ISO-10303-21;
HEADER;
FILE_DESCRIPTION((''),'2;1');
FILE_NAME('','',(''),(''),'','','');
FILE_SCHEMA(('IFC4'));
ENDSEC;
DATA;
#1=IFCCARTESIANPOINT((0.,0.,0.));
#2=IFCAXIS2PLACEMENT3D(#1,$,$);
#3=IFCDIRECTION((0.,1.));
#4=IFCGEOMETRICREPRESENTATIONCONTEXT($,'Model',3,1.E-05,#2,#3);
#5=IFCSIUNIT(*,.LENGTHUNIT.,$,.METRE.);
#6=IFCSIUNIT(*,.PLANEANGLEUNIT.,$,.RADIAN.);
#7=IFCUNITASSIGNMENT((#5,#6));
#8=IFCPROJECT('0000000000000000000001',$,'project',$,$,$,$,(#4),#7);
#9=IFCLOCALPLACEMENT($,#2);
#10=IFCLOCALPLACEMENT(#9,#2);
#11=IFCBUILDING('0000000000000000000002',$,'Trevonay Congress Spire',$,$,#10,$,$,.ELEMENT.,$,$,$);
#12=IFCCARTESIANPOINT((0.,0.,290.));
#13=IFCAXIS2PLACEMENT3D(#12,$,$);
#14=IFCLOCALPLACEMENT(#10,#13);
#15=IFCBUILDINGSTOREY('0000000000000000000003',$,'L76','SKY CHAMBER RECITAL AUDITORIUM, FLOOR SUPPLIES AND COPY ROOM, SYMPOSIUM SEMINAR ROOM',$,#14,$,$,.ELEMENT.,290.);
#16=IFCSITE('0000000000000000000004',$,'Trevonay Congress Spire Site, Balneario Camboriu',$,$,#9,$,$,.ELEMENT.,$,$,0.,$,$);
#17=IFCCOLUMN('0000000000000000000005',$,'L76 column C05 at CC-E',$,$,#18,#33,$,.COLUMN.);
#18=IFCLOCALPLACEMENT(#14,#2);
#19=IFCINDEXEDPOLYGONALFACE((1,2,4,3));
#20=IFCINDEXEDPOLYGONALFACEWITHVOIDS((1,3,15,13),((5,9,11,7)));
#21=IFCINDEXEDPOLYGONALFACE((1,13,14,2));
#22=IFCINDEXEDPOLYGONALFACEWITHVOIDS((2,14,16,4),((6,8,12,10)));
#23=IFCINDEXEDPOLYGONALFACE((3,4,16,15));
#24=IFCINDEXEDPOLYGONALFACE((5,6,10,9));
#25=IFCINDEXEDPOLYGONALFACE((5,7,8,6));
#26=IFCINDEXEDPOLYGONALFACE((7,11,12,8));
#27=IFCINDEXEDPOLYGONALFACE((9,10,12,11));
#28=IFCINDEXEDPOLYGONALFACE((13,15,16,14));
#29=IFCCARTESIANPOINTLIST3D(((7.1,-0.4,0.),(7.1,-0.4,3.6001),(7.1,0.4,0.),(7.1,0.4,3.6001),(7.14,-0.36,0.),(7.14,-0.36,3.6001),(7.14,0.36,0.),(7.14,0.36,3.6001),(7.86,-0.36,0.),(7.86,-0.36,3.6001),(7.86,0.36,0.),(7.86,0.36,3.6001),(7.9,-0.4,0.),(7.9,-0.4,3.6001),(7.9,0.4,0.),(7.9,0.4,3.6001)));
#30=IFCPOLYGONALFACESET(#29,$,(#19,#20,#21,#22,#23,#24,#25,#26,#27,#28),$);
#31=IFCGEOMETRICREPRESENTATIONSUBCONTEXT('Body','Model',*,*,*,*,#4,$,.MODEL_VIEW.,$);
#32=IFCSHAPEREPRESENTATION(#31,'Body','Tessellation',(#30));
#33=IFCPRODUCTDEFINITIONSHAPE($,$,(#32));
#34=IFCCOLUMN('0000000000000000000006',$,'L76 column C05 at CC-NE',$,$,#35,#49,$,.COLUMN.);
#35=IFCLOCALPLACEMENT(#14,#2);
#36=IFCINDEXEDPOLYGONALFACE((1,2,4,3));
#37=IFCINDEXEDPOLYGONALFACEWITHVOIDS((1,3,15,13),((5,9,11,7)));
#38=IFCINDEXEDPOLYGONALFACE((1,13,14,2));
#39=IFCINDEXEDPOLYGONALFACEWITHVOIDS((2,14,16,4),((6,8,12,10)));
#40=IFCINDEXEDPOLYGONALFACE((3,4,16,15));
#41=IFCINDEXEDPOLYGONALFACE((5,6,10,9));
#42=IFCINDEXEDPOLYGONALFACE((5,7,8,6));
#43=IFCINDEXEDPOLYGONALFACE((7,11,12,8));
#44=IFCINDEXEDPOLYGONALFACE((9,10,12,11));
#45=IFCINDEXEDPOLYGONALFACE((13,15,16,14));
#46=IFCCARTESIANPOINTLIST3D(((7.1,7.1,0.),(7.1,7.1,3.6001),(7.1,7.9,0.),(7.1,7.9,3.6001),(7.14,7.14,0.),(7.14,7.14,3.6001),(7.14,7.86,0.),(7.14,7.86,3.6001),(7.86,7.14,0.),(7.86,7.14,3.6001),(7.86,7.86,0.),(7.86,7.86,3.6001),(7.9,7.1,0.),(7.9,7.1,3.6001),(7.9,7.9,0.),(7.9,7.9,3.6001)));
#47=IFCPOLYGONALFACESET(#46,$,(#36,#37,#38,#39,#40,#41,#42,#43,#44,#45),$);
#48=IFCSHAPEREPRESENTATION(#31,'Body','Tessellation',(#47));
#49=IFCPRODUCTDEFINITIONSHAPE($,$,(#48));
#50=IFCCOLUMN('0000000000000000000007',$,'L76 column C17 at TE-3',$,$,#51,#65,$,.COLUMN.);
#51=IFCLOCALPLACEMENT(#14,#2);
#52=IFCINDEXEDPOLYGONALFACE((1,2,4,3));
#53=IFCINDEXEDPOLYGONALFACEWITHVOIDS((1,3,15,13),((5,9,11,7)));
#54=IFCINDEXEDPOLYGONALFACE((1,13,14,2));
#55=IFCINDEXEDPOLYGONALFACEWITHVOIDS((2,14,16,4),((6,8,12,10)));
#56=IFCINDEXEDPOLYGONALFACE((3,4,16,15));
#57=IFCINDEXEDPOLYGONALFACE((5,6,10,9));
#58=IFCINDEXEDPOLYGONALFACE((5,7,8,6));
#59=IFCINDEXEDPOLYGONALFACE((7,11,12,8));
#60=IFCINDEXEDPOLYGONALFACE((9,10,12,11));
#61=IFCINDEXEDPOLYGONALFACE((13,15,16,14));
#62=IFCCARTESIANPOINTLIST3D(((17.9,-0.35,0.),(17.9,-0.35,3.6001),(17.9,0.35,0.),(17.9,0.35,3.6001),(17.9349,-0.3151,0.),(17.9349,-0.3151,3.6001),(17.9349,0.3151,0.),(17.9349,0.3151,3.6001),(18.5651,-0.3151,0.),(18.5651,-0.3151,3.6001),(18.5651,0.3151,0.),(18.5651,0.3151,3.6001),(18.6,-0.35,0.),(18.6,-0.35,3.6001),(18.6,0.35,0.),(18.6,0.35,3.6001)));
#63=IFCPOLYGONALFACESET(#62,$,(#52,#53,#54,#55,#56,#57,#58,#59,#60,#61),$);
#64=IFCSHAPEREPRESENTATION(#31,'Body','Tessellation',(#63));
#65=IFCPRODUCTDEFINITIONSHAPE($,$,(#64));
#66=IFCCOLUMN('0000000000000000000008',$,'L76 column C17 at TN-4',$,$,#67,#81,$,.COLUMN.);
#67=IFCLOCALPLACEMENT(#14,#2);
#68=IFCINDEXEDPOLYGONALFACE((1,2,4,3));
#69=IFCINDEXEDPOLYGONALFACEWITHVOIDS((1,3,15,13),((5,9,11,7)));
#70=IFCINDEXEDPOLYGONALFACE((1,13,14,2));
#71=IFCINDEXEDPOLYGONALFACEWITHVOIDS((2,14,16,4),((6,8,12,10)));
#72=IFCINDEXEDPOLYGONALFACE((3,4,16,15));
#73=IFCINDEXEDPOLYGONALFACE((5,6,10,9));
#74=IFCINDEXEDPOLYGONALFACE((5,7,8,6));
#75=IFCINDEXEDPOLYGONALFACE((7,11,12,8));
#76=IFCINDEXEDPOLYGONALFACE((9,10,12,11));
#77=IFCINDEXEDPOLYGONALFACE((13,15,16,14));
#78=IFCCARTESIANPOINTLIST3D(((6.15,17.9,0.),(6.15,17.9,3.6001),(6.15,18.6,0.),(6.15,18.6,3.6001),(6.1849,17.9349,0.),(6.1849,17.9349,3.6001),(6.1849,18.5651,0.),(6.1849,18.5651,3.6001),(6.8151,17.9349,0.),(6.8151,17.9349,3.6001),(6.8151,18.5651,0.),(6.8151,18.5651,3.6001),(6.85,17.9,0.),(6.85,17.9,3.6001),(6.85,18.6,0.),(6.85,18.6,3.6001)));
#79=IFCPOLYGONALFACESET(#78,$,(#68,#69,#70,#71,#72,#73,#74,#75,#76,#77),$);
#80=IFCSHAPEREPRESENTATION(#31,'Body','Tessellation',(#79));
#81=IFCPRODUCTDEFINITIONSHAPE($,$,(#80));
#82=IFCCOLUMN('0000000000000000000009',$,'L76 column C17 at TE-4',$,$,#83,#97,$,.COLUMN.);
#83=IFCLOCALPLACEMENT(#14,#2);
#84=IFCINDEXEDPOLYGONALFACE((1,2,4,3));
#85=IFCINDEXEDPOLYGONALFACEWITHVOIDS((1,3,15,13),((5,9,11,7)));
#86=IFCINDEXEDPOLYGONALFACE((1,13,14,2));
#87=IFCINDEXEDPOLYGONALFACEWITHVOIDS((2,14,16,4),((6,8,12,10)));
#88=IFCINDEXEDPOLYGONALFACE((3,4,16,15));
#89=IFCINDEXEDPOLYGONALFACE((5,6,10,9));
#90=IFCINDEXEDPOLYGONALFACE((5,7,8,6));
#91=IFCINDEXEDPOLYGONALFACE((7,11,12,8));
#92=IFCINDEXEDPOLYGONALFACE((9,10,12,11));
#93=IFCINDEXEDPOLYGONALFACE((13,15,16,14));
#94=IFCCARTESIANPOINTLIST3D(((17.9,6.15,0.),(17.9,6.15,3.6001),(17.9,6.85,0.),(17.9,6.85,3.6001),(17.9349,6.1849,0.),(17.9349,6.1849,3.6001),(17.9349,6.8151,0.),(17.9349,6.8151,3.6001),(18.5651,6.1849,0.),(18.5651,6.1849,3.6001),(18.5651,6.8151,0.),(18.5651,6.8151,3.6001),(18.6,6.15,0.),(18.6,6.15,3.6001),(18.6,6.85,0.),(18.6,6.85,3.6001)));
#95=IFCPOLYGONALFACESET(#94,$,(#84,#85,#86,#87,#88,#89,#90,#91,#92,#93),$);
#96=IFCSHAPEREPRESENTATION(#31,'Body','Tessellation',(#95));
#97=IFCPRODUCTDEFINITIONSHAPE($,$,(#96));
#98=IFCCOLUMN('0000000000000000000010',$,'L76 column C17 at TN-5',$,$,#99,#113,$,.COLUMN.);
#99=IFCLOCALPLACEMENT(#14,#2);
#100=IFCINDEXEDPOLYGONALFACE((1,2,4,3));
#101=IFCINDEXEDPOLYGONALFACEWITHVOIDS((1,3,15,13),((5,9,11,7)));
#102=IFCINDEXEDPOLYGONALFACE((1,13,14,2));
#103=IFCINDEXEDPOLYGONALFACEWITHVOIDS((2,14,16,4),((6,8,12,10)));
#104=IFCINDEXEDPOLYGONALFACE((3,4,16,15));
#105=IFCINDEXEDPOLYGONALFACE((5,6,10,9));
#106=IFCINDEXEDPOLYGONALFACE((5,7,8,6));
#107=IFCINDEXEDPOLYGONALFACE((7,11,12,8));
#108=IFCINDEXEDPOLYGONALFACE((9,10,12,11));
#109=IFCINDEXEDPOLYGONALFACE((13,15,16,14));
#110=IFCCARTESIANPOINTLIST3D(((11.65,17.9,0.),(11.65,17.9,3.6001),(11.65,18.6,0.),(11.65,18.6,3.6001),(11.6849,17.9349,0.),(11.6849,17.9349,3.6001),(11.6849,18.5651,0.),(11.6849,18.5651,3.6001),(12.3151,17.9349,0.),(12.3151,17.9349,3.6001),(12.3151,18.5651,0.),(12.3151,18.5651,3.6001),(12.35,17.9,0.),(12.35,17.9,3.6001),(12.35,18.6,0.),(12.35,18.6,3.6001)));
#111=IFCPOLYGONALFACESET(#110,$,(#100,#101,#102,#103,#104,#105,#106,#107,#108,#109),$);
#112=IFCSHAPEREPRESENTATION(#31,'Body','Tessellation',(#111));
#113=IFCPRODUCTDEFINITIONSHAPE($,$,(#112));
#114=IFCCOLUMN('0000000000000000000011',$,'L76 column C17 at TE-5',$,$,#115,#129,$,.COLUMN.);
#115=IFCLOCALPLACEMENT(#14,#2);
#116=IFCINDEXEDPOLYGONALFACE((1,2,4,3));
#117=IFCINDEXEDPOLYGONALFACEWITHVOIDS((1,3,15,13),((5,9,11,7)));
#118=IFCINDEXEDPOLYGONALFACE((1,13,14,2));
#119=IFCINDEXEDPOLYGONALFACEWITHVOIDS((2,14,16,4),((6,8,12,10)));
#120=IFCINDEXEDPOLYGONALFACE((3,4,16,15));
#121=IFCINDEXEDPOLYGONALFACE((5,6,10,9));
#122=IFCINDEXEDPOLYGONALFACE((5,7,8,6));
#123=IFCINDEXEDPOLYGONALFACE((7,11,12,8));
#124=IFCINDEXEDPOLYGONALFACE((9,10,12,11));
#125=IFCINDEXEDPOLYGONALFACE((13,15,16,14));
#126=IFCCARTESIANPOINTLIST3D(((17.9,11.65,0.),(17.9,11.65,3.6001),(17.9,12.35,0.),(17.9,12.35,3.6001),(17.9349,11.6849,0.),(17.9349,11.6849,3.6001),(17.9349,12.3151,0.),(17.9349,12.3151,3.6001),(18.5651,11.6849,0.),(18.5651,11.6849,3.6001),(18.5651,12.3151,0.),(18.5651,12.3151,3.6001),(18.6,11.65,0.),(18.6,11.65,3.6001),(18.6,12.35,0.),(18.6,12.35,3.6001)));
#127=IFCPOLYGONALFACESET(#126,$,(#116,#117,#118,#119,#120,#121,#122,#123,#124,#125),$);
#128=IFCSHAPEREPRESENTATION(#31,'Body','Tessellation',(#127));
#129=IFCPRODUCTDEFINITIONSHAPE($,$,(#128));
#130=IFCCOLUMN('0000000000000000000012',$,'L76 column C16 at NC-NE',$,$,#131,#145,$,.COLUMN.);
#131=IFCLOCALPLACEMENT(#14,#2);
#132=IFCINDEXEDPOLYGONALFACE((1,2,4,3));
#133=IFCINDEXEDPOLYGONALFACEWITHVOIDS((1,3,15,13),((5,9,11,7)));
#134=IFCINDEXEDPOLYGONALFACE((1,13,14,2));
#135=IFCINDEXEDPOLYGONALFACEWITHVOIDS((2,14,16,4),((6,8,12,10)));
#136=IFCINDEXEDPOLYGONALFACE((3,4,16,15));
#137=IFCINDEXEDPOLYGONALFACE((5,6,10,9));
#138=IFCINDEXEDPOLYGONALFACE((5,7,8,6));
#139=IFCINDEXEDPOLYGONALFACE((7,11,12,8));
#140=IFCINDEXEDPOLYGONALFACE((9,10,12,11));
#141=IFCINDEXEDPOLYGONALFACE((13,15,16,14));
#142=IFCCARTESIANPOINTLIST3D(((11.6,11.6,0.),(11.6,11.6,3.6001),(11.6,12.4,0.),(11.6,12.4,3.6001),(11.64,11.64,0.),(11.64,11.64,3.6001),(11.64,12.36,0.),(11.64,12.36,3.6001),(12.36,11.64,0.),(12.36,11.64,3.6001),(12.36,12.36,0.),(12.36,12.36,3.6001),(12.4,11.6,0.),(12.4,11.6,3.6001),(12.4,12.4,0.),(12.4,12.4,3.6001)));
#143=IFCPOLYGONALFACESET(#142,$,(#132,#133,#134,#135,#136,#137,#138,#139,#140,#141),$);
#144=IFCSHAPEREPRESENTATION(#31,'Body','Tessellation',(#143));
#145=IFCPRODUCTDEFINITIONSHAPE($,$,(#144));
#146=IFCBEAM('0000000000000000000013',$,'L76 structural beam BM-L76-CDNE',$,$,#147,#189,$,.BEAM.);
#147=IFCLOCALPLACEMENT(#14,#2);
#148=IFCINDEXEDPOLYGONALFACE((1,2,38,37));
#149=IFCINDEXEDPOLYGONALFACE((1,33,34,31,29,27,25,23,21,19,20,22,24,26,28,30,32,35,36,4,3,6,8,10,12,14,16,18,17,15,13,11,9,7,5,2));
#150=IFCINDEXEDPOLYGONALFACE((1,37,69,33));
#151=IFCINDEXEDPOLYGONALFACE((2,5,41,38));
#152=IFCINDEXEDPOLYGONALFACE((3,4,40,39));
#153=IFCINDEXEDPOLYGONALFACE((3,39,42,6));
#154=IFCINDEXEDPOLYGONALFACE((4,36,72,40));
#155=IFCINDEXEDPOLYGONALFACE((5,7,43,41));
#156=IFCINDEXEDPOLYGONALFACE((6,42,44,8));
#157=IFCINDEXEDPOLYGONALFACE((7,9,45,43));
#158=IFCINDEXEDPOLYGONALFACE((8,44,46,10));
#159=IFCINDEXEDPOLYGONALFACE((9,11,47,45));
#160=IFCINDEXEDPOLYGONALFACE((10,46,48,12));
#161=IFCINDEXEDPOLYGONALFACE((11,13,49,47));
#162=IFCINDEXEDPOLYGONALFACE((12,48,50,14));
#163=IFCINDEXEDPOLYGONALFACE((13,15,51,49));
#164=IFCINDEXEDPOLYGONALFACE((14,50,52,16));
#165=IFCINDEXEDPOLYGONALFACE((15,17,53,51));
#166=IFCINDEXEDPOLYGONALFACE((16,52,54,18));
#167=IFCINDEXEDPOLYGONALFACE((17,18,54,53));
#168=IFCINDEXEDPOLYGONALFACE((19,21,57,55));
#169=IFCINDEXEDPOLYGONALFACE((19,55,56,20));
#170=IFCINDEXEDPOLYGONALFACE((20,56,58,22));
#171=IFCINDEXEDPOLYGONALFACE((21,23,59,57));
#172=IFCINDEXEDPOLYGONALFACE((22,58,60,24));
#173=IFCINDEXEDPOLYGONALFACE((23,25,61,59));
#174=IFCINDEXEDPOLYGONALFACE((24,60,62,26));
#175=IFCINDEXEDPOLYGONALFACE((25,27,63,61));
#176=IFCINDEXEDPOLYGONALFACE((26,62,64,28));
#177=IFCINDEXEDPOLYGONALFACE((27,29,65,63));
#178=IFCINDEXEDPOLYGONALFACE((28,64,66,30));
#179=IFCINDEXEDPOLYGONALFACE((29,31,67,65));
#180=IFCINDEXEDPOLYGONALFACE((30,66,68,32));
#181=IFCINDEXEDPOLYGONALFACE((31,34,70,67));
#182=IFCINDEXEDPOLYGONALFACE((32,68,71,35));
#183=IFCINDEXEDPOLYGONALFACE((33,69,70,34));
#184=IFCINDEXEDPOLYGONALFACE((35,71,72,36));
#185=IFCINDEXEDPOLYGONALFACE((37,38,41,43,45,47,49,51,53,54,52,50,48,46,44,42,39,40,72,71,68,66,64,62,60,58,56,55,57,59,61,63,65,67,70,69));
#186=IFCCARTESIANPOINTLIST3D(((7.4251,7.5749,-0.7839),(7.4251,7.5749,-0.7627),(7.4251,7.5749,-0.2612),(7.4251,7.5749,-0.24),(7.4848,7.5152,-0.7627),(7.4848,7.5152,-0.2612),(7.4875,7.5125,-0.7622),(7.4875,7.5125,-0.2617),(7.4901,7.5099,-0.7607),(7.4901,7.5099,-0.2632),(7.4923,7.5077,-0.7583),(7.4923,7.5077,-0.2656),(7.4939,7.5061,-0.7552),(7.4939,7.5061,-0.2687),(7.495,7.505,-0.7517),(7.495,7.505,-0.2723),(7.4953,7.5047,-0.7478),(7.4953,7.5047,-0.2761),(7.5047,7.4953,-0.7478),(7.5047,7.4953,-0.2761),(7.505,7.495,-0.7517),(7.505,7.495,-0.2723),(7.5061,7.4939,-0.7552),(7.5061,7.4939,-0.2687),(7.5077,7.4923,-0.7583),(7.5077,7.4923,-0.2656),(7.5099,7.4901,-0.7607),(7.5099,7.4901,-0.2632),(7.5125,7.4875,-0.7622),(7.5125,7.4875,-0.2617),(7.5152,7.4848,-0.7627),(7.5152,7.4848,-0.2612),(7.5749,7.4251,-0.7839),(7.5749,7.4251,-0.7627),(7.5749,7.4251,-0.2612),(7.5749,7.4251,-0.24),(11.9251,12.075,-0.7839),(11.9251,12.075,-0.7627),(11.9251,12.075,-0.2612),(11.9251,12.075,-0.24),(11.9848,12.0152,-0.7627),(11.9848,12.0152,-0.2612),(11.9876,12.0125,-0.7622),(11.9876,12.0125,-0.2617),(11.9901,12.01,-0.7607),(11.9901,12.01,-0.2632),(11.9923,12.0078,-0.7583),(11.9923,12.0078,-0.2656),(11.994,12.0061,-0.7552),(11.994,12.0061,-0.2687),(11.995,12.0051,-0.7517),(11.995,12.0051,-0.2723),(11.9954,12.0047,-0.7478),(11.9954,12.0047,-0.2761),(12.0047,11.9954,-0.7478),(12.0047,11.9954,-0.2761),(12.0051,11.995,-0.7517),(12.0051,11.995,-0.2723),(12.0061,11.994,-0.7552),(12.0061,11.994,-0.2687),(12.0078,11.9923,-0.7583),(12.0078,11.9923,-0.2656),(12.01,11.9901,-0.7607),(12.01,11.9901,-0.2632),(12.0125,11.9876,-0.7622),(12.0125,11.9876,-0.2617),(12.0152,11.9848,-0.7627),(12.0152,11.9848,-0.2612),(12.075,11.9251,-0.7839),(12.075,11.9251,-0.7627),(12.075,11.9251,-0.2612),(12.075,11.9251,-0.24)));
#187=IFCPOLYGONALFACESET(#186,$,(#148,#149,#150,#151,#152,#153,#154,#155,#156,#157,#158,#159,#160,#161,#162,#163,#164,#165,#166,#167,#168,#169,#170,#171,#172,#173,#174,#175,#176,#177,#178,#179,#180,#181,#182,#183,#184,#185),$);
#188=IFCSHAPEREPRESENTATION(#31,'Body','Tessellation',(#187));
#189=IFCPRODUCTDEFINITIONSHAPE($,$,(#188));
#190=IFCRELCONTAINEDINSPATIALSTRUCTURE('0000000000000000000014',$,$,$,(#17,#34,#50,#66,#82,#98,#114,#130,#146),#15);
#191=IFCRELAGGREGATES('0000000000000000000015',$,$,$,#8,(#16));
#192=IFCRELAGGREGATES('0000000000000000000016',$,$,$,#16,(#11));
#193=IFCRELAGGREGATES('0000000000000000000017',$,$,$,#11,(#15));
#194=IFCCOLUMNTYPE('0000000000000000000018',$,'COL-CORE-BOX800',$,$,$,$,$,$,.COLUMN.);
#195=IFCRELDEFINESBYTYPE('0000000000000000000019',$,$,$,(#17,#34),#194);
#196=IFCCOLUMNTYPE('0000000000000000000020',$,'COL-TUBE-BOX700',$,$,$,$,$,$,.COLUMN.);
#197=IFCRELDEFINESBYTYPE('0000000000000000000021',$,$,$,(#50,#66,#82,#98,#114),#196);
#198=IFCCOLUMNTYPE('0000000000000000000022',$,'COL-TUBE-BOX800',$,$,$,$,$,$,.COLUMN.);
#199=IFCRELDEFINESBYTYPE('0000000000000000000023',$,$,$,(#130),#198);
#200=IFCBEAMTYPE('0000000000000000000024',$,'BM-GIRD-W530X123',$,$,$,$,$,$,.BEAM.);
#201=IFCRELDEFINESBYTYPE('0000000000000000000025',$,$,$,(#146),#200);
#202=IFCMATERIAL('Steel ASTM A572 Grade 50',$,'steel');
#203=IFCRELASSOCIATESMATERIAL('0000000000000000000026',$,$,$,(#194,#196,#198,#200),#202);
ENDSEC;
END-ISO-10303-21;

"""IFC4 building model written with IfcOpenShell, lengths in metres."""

from ifc_helpers import new_model, si_unit, direction, frame, origin, origin_2d, place, context, subcontext, project, spatial, hollow_rectangle, i_section, extrude, material, material_profile, profile_set, type_object, element, save


model = new_model("IFC4")

# Units and contexts
model_context = context("Model", 3, precision=1e-05, world=origin(), true_north=direction((0.0, 1.0)))
body_context = subcontext(model_context, "Body", "Model", "MODEL_VIEW")
ifc_project = project(units=[si_unit("LENGTHUNIT", "METRE"), si_unit("PLANEANGLEUNIT", "RADIAN")], contexts=[model_context])

# Site, building, storey
site_placement = place(None, origin())
site = spatial("IfcSite", under=ifc_project, at=site_placement, Name="Trevonay Congress Spire Site, Balneario Camboriu", CompositionType="ELEMENT", RefElevation=0.0)
building_placement = place(site_placement, origin())
building = spatial("IfcBuilding", under=site, at=building_placement, Name="Trevonay Congress Spire", CompositionType="ELEMENT")
storey_placement = place(building_placement, frame((0.0, 0.0, 290.0)))
storey = spatial("IfcBuildingStorey", under=building, at=storey_placement, Name="L76", Description="SKY CHAMBER RECITAL AUDITORIUM, FLOOR SUPPLIES AND COPY ROOM, SYMPOSIUM SEMINAR ROOM", CompositionType="ELEMENT", Elevation=290.0)

# Columns
ifc_material_1 = material(Name="Steel ASTM A572 Grade 50", Category="steel")
ifc_material_profile_1 = material_profile(ifc_material_1, hollow_rectangle(XDim=0.8, YDim=0.8, WallThickness=0.04, at=origin_2d()), Name="BOX 800x800x40")
ifc_profile_set_1 = profile_set([ifc_material_profile_1], Name="Steel ASTM A572 Grade 50")
column_type_1 = type_object("IfcColumnType", Name="COL-CORE-BOX800", PredefinedType="COLUMN", material=ifc_profile_set_1)
for number, where, z_axis, x_axis, name in (
    (1, (7.5, 0.0, 0.0), (0.0, 0.0, 1.0), (1.0, 0.0, 0.0), "L76 column C05 at CC-E"),
    (2, (7.5, 7.5, 0.0), (0.0, 0.0, 1.0), (1.0, 0.0, 0.0), "L76 column C05 at CC-NE"),
):
    element("IfcColumn", number, at=place(storey_placement, frame(where, z_axis=z_axis, x_axis=x_axis)), inside=storey, type_object=column_type_1, Name=name, PredefinedType="COLUMN", context=body_context, shape_type="SweptSolid", body=[
        extrude(hollow_rectangle(XDim=0.8, YDim=0.8, WallThickness=0.04, at=origin_2d()), origin(), (0.0, 0.0, 1.0), 3.6001),
    ])
ifc_material_profile_2 = material_profile(ifc_material_1, hollow_rectangle(XDim=0.7, YDim=0.7, WallThickness=0.0349, at=origin_2d()), Name="BOX 700x700x35")
ifc_profile_set_2 = profile_set([ifc_material_profile_2], Name="Steel ASTM A572 Grade 50")
column_type_2 = type_object("IfcColumnType", Name="COL-TUBE-BOX700", PredefinedType="COLUMN", material=ifc_profile_set_2)
for number, where, z_axis, x_axis, name in (
    (3, (18.25, 0.0, 0.0), (0.0, 0.0, 1.0), (1.0, 0.0, 0.0), "L76 column C17 at TE-3"),
    (4, (6.5, 18.25, 0.0), (0.0, 0.0, 1.0), (1.0, 0.0, 0.0), "L76 column C17 at TN-4"),
    (5, (18.25, 6.5, 0.0), (0.0, 0.0, 1.0), (1.0, 0.0, 0.0), "L76 column C17 at TE-4"),
    (6, (12.0, 18.25, 0.0), (0.0, 0.0, 1.0), (1.0, 0.0, 0.0), "L76 column C17 at TN-5"),
    (7, (18.25, 12.0, 0.0), (0.0, 0.0, 1.0), (1.0, 0.0, 0.0), "L76 column C17 at TE-5"),
):
    element("IfcColumn", number, at=place(storey_placement, frame(where, z_axis=z_axis, x_axis=x_axis)), inside=storey, type_object=column_type_2, Name=name, PredefinedType="COLUMN", context=body_context, shape_type="SweptSolid", body=[
        extrude(hollow_rectangle(XDim=0.7, YDim=0.7, WallThickness=0.0349, at=origin_2d()), origin(), (0.0, 0.0, 1.0), 3.6001),
    ])
ifc_material_profile_3 = material_profile(ifc_material_1, hollow_rectangle(XDim=0.8, YDim=0.8, WallThickness=0.04, at=origin_2d()), Name="BOX 800x800x40")
ifc_profile_set_3 = profile_set([ifc_material_profile_3], Name="Steel ASTM A572 Grade 50")
column_type_3 = type_object("IfcColumnType", Name="COL-TUBE-BOX800", PredefinedType="COLUMN", material=ifc_profile_set_3)
column_placement = place(storey_placement, frame((12.0, 12.0, 0.0), z_axis=(0.0, 0.0, 1.0), x_axis=(1.0, 0.0, 0.0)))
element("IfcColumn", 8, at=column_placement, inside=storey, type_object=column_type_3, Name="L76 column C16 at NC-NE", PredefinedType="COLUMN", context=body_context, shape_type="SweptSolid", body=[
    extrude(hollow_rectangle(XDim=0.8, YDim=0.8, WallThickness=0.04, at=origin_2d()), origin(), (0.0, 0.0, 1.0), 3.6001),
])

# Beam
ifc_material_profile_4 = material_profile(ifc_material_1, i_section(OverallWidth=0.2119, OverallDepth=0.5439, WebThickness=0.0132, FlangeThickness=0.0212, FilletRadius=0.0149, at=origin_2d()), Name="W530x123")
ifc_profile_set_4 = profile_set([ifc_material_profile_4], Name="Steel ASTM A572 Grade 50")
beam_type_1 = type_object("IfcBeamType", Name="BM-GIRD-W530X123", PredefinedType="BEAM", material=ifc_profile_set_4)
beam_1_placement = place(storey_placement, frame((7.5, 7.5, -0.512), z_axis=(0.707107, 0.707107, 0.0), x_axis=(-0.707107, 0.707107, 0.0)))
element("IfcBeam", 9, at=beam_1_placement, inside=storey, type_object=beam_type_1, Name="L76 structural beam BM-L76-CDNE", PredefinedType="BEAM", context=body_context, shape_type="SweptSolid", body=[
    extrude(i_section(OverallWidth=0.2119, OverallDepth=0.5439, WebThickness=0.0132, FlangeThickness=0.0212, FilletRadius=0.0149, at=origin_2d()), origin(), (0.0, 0.0, 1.0), 6.364),
])

save(model, "model.ifc")
